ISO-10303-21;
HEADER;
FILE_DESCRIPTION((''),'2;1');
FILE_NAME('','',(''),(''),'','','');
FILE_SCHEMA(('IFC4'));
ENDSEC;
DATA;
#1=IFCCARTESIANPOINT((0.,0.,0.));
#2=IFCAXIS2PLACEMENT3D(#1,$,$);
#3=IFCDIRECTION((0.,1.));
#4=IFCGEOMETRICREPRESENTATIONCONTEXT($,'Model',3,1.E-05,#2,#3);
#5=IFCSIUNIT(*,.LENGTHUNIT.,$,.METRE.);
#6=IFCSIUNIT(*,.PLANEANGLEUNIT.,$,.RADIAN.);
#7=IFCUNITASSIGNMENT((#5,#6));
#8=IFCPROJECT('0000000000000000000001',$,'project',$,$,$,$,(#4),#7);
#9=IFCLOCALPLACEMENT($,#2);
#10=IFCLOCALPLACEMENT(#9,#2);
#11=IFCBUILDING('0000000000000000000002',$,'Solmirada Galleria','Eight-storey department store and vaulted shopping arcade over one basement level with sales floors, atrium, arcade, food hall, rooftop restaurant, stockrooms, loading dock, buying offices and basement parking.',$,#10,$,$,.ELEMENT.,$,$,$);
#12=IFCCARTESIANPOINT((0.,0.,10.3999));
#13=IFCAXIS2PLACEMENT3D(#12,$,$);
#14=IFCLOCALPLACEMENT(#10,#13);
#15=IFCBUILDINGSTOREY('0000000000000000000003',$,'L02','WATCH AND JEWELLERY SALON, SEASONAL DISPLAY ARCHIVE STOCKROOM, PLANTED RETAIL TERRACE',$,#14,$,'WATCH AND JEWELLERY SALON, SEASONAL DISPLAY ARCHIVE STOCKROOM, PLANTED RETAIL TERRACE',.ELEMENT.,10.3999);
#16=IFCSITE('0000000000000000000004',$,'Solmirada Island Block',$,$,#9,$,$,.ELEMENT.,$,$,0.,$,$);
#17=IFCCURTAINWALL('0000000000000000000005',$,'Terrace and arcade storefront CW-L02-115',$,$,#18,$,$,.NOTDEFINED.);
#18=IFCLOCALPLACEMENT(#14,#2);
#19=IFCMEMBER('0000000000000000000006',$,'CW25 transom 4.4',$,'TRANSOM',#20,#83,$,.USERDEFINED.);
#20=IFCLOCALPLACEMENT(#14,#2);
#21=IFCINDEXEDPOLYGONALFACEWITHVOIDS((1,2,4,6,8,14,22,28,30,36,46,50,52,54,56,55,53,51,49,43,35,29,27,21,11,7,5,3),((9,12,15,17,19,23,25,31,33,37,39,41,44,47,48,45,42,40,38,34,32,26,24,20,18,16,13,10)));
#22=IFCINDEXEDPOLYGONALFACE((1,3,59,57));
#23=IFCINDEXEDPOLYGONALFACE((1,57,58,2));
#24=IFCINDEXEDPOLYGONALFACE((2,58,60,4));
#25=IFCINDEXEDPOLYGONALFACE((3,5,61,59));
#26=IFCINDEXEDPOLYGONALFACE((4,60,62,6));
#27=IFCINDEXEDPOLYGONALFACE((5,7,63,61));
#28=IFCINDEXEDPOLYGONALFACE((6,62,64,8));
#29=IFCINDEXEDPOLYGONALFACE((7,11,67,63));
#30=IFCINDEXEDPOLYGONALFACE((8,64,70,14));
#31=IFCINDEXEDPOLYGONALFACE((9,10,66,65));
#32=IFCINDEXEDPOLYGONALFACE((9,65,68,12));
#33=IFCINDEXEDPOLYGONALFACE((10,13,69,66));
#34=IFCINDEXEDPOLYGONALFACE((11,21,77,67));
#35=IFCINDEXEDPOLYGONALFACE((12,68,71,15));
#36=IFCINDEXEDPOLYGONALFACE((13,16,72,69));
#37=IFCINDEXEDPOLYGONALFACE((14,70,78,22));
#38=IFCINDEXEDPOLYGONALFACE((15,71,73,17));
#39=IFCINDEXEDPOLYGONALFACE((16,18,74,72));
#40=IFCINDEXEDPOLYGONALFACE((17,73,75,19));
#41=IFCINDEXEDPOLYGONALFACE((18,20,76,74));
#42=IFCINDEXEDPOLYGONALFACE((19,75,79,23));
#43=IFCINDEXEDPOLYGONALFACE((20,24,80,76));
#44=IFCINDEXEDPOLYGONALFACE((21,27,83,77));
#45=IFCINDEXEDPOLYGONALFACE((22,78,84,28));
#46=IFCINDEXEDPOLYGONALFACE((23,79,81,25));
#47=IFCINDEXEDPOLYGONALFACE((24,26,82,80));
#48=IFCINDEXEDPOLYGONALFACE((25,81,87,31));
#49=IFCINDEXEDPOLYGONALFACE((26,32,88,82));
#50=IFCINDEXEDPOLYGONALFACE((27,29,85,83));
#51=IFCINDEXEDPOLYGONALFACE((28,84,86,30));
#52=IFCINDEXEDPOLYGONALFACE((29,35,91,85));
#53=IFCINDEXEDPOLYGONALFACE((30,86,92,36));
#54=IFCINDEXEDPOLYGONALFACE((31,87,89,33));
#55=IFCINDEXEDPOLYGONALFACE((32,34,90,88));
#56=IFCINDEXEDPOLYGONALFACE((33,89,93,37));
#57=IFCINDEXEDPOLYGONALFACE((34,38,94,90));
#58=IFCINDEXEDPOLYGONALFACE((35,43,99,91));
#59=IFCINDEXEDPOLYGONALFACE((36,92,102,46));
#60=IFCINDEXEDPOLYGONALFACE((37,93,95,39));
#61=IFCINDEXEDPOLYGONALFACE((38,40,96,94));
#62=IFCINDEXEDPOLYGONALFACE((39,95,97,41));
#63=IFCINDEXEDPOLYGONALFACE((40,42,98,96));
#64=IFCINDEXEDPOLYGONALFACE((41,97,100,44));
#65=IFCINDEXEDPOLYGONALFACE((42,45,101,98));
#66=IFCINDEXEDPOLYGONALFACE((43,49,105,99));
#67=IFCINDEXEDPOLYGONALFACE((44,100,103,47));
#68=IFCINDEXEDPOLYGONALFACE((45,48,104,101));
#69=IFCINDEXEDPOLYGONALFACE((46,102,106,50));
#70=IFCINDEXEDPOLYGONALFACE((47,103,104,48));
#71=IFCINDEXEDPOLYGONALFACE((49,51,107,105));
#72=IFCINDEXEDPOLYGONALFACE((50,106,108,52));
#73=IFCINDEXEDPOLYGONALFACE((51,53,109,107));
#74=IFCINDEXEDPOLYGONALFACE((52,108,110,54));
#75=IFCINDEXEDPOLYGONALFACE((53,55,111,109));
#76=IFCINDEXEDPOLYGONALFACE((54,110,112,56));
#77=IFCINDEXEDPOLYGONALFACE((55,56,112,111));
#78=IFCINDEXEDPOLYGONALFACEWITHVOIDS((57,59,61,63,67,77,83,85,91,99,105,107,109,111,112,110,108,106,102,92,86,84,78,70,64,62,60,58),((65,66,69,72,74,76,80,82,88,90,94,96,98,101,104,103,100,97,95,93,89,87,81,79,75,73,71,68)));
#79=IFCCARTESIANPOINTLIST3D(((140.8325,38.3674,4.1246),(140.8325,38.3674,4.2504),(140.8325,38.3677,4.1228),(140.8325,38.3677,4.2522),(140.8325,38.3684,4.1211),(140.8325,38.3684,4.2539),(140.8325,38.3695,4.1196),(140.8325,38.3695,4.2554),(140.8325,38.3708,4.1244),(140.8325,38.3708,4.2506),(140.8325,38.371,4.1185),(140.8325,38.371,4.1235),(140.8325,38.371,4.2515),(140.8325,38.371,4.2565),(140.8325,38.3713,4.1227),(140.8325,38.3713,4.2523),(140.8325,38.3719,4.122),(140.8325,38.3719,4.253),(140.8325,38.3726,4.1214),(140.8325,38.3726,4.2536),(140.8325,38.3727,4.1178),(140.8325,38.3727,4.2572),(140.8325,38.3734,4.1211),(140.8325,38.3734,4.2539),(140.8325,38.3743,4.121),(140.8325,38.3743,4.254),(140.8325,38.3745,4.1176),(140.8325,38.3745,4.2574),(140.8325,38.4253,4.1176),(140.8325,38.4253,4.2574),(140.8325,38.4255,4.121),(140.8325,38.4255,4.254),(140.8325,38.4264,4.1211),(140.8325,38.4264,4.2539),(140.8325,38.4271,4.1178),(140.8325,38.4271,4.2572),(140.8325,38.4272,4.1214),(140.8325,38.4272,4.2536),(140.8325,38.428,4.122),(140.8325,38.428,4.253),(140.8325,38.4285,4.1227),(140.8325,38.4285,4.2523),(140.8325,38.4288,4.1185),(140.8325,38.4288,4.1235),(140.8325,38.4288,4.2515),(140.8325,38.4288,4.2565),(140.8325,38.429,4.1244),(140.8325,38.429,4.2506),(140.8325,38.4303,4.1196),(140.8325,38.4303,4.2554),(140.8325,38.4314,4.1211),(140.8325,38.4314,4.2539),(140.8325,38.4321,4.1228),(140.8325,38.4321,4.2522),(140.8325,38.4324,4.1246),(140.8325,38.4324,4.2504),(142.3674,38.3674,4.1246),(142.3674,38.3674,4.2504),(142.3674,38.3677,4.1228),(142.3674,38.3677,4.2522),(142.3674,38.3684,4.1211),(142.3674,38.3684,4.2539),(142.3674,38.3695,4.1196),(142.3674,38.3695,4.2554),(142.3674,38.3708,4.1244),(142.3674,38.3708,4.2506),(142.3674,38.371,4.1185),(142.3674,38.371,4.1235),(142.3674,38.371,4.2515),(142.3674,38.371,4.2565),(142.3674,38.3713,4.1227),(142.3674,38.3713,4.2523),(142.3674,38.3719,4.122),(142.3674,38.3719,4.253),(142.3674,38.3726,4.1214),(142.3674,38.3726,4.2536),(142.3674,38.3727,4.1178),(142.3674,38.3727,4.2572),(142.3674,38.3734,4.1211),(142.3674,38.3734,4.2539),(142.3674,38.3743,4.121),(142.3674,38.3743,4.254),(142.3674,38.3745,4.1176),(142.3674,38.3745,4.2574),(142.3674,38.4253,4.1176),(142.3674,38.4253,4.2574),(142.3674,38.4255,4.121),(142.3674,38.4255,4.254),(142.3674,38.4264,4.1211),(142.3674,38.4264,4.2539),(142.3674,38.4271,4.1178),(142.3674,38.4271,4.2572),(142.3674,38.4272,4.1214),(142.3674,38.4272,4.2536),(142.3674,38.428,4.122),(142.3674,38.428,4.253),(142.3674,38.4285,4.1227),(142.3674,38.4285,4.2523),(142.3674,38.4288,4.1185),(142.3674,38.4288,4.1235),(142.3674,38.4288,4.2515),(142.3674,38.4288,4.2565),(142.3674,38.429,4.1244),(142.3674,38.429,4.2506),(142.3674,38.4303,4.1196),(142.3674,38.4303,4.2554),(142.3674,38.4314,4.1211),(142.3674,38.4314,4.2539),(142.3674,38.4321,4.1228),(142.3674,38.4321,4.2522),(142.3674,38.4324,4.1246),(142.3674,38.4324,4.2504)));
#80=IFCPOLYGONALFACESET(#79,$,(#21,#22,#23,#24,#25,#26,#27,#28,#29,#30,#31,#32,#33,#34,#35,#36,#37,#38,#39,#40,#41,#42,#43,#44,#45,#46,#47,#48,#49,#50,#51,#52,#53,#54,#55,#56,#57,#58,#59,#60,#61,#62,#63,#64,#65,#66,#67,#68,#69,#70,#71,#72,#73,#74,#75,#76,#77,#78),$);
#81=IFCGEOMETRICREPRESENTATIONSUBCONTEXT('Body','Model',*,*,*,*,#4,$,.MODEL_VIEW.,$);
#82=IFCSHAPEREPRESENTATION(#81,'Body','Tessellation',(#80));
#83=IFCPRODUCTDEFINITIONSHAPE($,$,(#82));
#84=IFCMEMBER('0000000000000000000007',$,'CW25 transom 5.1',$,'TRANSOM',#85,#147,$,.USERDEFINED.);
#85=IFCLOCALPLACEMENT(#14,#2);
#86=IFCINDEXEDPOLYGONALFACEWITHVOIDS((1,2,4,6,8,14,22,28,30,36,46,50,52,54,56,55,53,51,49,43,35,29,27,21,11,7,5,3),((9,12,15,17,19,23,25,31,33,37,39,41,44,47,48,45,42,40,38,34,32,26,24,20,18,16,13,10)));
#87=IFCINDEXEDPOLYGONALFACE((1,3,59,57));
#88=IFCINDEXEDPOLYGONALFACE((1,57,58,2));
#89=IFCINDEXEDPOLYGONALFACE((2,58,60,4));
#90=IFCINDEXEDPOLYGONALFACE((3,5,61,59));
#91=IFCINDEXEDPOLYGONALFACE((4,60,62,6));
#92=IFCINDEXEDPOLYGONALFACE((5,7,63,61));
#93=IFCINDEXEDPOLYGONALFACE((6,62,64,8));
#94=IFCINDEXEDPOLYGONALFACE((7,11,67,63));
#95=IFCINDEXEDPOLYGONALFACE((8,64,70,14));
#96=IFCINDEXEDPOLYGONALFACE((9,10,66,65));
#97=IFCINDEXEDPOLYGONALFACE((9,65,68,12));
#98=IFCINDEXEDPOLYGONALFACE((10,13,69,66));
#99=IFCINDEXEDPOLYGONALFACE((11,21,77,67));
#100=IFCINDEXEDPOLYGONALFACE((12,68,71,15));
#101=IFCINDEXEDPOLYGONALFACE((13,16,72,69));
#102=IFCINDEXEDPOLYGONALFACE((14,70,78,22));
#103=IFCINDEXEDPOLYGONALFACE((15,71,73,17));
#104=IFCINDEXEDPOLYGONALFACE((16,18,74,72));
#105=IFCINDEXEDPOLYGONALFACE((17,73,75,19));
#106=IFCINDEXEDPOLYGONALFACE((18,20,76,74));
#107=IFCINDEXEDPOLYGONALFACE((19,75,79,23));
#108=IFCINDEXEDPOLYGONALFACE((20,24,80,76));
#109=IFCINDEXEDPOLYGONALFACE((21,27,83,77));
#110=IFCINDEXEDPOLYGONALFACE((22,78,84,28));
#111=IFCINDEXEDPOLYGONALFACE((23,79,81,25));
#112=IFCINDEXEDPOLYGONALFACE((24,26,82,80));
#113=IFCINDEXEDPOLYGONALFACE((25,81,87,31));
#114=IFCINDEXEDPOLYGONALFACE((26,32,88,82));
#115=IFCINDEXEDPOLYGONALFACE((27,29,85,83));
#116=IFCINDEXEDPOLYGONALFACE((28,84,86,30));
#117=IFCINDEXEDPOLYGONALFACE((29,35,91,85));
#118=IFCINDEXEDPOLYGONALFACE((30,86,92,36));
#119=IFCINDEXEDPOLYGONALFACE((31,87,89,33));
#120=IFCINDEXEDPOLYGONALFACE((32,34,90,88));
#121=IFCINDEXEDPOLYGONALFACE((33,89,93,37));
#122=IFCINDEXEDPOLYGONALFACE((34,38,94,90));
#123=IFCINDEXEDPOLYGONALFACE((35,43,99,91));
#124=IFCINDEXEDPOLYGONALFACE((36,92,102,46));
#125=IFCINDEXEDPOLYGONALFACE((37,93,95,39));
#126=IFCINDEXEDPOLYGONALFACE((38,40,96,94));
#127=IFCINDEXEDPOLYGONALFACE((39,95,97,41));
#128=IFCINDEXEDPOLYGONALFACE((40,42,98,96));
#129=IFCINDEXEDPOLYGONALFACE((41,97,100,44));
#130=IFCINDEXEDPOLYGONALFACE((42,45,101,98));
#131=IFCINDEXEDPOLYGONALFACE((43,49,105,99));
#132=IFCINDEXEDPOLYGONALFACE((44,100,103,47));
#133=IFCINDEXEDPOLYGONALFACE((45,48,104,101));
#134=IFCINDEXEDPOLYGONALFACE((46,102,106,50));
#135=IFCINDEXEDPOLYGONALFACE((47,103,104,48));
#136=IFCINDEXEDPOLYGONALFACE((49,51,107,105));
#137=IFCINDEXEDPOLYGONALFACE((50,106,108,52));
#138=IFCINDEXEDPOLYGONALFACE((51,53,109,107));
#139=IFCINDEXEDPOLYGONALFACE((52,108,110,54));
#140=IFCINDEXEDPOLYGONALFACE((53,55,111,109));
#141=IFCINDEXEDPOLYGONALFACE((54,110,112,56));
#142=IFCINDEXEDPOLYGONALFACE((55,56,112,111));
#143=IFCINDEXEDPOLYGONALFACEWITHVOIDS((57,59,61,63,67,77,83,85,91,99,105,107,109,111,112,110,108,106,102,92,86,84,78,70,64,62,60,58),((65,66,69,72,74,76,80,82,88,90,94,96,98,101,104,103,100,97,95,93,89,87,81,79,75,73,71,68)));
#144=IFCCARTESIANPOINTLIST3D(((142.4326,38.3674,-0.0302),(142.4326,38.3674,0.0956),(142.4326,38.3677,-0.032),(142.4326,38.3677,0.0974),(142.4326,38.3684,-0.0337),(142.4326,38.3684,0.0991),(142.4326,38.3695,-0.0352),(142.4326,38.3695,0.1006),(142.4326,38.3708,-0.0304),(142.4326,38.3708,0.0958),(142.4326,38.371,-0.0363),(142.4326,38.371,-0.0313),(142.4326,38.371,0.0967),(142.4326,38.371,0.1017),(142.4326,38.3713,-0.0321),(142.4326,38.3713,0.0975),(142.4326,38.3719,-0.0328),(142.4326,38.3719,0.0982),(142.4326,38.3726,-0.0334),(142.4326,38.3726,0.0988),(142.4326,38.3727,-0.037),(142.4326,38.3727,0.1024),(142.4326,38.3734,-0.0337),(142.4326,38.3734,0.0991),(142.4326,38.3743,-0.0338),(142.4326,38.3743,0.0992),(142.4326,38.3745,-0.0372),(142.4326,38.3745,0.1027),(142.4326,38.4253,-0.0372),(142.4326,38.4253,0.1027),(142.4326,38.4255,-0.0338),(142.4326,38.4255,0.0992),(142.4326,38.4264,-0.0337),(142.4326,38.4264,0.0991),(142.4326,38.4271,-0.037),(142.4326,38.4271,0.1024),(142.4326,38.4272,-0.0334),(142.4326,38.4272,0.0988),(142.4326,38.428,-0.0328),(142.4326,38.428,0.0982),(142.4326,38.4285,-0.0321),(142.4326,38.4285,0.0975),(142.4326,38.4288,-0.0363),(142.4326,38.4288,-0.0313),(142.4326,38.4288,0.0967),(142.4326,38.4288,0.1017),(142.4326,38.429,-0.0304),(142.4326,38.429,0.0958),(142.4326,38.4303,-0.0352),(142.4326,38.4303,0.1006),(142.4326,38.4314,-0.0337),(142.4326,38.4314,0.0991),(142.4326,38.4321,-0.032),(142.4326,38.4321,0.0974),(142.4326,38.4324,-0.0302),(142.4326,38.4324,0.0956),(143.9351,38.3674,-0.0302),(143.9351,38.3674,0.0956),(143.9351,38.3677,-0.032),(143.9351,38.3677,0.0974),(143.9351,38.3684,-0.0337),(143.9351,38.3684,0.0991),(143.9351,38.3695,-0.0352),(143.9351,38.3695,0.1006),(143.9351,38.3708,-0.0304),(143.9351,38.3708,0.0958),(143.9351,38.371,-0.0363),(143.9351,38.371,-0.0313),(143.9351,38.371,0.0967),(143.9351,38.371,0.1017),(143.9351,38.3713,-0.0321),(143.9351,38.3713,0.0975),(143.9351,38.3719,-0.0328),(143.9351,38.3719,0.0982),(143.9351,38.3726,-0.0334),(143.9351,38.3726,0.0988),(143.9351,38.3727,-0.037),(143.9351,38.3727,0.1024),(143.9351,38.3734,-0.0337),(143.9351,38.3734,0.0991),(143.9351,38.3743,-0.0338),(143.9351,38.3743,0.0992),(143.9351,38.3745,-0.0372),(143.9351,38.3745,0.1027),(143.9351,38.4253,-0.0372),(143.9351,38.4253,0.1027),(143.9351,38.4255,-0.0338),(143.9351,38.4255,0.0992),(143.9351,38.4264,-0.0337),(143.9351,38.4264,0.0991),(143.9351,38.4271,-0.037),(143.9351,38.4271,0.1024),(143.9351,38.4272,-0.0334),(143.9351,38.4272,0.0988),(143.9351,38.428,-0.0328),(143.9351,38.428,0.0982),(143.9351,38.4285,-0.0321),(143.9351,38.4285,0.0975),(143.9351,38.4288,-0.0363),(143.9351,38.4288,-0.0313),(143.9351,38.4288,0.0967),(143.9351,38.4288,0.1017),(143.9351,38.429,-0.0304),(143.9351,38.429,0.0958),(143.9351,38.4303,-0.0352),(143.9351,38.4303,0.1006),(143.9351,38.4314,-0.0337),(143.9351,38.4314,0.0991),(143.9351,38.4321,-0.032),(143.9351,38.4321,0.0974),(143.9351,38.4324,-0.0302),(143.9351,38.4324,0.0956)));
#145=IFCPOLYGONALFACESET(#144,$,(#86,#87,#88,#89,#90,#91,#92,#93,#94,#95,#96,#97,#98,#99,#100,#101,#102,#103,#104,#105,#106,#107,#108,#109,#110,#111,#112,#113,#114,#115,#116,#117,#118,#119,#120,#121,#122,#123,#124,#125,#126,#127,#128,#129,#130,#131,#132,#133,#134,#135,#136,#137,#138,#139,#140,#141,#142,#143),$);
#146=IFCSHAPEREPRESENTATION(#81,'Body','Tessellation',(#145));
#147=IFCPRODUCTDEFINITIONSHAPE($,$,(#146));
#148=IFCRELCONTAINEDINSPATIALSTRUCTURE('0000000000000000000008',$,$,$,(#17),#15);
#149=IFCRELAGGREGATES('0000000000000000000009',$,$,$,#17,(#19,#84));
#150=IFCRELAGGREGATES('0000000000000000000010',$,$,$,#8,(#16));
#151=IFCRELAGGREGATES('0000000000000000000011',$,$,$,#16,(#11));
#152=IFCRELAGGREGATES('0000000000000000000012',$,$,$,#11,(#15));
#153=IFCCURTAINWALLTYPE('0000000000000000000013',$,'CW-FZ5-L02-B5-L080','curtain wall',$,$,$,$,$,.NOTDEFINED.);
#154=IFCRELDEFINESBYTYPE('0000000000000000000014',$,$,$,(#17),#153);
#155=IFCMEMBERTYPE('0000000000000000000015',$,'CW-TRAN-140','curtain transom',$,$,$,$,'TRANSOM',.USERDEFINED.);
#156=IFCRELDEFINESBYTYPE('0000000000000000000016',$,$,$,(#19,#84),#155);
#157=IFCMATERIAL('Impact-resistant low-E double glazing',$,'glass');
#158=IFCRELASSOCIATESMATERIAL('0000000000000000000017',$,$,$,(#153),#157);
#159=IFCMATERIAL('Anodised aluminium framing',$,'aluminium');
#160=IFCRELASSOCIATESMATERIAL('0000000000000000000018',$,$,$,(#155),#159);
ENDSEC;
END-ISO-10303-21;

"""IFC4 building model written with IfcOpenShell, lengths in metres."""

from ifc_helpers import new_model, si_unit, direction, frame, origin, origin_2d, place, context, subcontext, project, spatial, hollow_rectangle, extrude, material, material_profile, profile_set, type_object, element, aggregate, save


model = new_model("IFC4")

# Units and contexts
model_context = context("Model", 3, precision=1e-05, world=origin(), true_north=direction((0.0, 1.0)))
body_context = subcontext(model_context, "Body", "Model", "MODEL_VIEW")
ifc_project = project(units=[si_unit("LENGTHUNIT", "METRE"), si_unit("PLANEANGLEUNIT", "RADIAN")], contexts=[model_context])

# Site, building, storey
site_placement = place(None, origin())
site = spatial("IfcSite", under=ifc_project, at=site_placement, Name="Solmirada Island Block", CompositionType="ELEMENT", RefElevation=0.0)
building_placement = place(site_placement, origin())
building = spatial("IfcBuilding", under=site, at=building_placement, Name="Solmirada Galleria", Description="Eight-storey department store and vaulted shopping arcade over one basement level with sales floors, atrium, arcade, food hall, rooftop restaurant, stockrooms, loading dock, buying offices and basement parking.", CompositionType="ELEMENT")
storey_placement = place(building_placement, frame((0.0, 0.0, 10.3999)))
storey = spatial("IfcBuildingStorey", under=building, at=storey_placement, Name="L02", Description="WATCH AND JEWELLERY SALON, SEASONAL DISPLAY ARCHIVE STOCKROOM, PLANTED RETAIL TERRACE", LongName="WATCH AND JEWELLERY SALON, SEASONAL DISPLAY ARCHIVE STOCKROOM, PLANTED RETAIL TERRACE", CompositionType="ELEMENT", Elevation=10.3999)

# Curtain wall, members
ifc_material_1 = material(Name="Impact-resistant low-E double glazing", Category="glass")
curtain_wall_type = type_object("IfcCurtainWallType", Name="CW-FZ5-L02-B5-L080", Description="curtain wall", PredefinedType="NOTDEFINED", material=ifc_material_1)
curtain_wall_placement = place(storey_placement, origin())
curtain_wall = element("IfcCurtainWall", 1, at=curtain_wall_placement, inside=storey, type_object=curtain_wall_type, Name="Terrace and arcade storefront CW-L02-115", PredefinedType="NOTDEFINED")
ifc_material_2 = material(Name="Anodised aluminium framing", Category="aluminium")
ifc_material_profile_1 = material_profile(ifc_material_2, hollow_rectangle(XDim=0.0649, YDim=0.1399, WallThickness=0.0034, InnerFilletRadius=0.0034, OuterFilletRadius=0.0071, at=origin_2d()), Name="ALU-TRAN-140X65")
ifc_profile_set_1 = profile_set([ifc_material_profile_1], Name="Anodised aluminium framing")
member_type_1 = type_object("IfcMemberType", Name="CW-TRAN-140", Description="curtain transom", ElementType="TRANSOM", PredefinedType="USERDEFINED", material=ifc_profile_set_1)
member_1_placement = place(storey_placement, frame((140.8325, 38.3999, 4.1875), z_axis=(1.0, 0.0, 0.0), x_axis=(0.0, 1.0, 0.0)))
member_1 = element("IfcMember", 2, at=member_1_placement, type_object=member_type_1, Name="CW25 transom 4.4", ObjectType="TRANSOM", PredefinedType="USERDEFINED", context=body_context, shape_type="SweptSolid", body=[
    extrude(hollow_rectangle(XDim=0.0649, YDim=0.1399, WallThickness=0.0034, InnerFilletRadius=0.0034, OuterFilletRadius=0.0071, at=origin_2d()), origin(), (0.0, 0.0, 1.0), 1.5349),
])
member_2_placement = place(storey_placement, frame((142.4326, 38.3999, 0.0327), z_axis=(1.0, 0.0, 0.0), x_axis=(0.0, 1.0, 0.0)))
member_2 = element("IfcMember", 3, at=member_2_placement, type_object=member_type_1, Name="CW25 transom 5.1", ObjectType="TRANSOM", PredefinedType="USERDEFINED", context=body_context, shape_type="SweptSolid", body=[
    extrude(hollow_rectangle(XDim=0.0649, YDim=0.1399, WallThickness=0.0034, InnerFilletRadius=0.0034, OuterFilletRadius=0.0071, at=origin_2d()), origin(), (0.0, 0.0, 1.0), 1.5024),
])
aggregate(curtain_wall, [member_1, member_2])

save(model, "model.ifc")
